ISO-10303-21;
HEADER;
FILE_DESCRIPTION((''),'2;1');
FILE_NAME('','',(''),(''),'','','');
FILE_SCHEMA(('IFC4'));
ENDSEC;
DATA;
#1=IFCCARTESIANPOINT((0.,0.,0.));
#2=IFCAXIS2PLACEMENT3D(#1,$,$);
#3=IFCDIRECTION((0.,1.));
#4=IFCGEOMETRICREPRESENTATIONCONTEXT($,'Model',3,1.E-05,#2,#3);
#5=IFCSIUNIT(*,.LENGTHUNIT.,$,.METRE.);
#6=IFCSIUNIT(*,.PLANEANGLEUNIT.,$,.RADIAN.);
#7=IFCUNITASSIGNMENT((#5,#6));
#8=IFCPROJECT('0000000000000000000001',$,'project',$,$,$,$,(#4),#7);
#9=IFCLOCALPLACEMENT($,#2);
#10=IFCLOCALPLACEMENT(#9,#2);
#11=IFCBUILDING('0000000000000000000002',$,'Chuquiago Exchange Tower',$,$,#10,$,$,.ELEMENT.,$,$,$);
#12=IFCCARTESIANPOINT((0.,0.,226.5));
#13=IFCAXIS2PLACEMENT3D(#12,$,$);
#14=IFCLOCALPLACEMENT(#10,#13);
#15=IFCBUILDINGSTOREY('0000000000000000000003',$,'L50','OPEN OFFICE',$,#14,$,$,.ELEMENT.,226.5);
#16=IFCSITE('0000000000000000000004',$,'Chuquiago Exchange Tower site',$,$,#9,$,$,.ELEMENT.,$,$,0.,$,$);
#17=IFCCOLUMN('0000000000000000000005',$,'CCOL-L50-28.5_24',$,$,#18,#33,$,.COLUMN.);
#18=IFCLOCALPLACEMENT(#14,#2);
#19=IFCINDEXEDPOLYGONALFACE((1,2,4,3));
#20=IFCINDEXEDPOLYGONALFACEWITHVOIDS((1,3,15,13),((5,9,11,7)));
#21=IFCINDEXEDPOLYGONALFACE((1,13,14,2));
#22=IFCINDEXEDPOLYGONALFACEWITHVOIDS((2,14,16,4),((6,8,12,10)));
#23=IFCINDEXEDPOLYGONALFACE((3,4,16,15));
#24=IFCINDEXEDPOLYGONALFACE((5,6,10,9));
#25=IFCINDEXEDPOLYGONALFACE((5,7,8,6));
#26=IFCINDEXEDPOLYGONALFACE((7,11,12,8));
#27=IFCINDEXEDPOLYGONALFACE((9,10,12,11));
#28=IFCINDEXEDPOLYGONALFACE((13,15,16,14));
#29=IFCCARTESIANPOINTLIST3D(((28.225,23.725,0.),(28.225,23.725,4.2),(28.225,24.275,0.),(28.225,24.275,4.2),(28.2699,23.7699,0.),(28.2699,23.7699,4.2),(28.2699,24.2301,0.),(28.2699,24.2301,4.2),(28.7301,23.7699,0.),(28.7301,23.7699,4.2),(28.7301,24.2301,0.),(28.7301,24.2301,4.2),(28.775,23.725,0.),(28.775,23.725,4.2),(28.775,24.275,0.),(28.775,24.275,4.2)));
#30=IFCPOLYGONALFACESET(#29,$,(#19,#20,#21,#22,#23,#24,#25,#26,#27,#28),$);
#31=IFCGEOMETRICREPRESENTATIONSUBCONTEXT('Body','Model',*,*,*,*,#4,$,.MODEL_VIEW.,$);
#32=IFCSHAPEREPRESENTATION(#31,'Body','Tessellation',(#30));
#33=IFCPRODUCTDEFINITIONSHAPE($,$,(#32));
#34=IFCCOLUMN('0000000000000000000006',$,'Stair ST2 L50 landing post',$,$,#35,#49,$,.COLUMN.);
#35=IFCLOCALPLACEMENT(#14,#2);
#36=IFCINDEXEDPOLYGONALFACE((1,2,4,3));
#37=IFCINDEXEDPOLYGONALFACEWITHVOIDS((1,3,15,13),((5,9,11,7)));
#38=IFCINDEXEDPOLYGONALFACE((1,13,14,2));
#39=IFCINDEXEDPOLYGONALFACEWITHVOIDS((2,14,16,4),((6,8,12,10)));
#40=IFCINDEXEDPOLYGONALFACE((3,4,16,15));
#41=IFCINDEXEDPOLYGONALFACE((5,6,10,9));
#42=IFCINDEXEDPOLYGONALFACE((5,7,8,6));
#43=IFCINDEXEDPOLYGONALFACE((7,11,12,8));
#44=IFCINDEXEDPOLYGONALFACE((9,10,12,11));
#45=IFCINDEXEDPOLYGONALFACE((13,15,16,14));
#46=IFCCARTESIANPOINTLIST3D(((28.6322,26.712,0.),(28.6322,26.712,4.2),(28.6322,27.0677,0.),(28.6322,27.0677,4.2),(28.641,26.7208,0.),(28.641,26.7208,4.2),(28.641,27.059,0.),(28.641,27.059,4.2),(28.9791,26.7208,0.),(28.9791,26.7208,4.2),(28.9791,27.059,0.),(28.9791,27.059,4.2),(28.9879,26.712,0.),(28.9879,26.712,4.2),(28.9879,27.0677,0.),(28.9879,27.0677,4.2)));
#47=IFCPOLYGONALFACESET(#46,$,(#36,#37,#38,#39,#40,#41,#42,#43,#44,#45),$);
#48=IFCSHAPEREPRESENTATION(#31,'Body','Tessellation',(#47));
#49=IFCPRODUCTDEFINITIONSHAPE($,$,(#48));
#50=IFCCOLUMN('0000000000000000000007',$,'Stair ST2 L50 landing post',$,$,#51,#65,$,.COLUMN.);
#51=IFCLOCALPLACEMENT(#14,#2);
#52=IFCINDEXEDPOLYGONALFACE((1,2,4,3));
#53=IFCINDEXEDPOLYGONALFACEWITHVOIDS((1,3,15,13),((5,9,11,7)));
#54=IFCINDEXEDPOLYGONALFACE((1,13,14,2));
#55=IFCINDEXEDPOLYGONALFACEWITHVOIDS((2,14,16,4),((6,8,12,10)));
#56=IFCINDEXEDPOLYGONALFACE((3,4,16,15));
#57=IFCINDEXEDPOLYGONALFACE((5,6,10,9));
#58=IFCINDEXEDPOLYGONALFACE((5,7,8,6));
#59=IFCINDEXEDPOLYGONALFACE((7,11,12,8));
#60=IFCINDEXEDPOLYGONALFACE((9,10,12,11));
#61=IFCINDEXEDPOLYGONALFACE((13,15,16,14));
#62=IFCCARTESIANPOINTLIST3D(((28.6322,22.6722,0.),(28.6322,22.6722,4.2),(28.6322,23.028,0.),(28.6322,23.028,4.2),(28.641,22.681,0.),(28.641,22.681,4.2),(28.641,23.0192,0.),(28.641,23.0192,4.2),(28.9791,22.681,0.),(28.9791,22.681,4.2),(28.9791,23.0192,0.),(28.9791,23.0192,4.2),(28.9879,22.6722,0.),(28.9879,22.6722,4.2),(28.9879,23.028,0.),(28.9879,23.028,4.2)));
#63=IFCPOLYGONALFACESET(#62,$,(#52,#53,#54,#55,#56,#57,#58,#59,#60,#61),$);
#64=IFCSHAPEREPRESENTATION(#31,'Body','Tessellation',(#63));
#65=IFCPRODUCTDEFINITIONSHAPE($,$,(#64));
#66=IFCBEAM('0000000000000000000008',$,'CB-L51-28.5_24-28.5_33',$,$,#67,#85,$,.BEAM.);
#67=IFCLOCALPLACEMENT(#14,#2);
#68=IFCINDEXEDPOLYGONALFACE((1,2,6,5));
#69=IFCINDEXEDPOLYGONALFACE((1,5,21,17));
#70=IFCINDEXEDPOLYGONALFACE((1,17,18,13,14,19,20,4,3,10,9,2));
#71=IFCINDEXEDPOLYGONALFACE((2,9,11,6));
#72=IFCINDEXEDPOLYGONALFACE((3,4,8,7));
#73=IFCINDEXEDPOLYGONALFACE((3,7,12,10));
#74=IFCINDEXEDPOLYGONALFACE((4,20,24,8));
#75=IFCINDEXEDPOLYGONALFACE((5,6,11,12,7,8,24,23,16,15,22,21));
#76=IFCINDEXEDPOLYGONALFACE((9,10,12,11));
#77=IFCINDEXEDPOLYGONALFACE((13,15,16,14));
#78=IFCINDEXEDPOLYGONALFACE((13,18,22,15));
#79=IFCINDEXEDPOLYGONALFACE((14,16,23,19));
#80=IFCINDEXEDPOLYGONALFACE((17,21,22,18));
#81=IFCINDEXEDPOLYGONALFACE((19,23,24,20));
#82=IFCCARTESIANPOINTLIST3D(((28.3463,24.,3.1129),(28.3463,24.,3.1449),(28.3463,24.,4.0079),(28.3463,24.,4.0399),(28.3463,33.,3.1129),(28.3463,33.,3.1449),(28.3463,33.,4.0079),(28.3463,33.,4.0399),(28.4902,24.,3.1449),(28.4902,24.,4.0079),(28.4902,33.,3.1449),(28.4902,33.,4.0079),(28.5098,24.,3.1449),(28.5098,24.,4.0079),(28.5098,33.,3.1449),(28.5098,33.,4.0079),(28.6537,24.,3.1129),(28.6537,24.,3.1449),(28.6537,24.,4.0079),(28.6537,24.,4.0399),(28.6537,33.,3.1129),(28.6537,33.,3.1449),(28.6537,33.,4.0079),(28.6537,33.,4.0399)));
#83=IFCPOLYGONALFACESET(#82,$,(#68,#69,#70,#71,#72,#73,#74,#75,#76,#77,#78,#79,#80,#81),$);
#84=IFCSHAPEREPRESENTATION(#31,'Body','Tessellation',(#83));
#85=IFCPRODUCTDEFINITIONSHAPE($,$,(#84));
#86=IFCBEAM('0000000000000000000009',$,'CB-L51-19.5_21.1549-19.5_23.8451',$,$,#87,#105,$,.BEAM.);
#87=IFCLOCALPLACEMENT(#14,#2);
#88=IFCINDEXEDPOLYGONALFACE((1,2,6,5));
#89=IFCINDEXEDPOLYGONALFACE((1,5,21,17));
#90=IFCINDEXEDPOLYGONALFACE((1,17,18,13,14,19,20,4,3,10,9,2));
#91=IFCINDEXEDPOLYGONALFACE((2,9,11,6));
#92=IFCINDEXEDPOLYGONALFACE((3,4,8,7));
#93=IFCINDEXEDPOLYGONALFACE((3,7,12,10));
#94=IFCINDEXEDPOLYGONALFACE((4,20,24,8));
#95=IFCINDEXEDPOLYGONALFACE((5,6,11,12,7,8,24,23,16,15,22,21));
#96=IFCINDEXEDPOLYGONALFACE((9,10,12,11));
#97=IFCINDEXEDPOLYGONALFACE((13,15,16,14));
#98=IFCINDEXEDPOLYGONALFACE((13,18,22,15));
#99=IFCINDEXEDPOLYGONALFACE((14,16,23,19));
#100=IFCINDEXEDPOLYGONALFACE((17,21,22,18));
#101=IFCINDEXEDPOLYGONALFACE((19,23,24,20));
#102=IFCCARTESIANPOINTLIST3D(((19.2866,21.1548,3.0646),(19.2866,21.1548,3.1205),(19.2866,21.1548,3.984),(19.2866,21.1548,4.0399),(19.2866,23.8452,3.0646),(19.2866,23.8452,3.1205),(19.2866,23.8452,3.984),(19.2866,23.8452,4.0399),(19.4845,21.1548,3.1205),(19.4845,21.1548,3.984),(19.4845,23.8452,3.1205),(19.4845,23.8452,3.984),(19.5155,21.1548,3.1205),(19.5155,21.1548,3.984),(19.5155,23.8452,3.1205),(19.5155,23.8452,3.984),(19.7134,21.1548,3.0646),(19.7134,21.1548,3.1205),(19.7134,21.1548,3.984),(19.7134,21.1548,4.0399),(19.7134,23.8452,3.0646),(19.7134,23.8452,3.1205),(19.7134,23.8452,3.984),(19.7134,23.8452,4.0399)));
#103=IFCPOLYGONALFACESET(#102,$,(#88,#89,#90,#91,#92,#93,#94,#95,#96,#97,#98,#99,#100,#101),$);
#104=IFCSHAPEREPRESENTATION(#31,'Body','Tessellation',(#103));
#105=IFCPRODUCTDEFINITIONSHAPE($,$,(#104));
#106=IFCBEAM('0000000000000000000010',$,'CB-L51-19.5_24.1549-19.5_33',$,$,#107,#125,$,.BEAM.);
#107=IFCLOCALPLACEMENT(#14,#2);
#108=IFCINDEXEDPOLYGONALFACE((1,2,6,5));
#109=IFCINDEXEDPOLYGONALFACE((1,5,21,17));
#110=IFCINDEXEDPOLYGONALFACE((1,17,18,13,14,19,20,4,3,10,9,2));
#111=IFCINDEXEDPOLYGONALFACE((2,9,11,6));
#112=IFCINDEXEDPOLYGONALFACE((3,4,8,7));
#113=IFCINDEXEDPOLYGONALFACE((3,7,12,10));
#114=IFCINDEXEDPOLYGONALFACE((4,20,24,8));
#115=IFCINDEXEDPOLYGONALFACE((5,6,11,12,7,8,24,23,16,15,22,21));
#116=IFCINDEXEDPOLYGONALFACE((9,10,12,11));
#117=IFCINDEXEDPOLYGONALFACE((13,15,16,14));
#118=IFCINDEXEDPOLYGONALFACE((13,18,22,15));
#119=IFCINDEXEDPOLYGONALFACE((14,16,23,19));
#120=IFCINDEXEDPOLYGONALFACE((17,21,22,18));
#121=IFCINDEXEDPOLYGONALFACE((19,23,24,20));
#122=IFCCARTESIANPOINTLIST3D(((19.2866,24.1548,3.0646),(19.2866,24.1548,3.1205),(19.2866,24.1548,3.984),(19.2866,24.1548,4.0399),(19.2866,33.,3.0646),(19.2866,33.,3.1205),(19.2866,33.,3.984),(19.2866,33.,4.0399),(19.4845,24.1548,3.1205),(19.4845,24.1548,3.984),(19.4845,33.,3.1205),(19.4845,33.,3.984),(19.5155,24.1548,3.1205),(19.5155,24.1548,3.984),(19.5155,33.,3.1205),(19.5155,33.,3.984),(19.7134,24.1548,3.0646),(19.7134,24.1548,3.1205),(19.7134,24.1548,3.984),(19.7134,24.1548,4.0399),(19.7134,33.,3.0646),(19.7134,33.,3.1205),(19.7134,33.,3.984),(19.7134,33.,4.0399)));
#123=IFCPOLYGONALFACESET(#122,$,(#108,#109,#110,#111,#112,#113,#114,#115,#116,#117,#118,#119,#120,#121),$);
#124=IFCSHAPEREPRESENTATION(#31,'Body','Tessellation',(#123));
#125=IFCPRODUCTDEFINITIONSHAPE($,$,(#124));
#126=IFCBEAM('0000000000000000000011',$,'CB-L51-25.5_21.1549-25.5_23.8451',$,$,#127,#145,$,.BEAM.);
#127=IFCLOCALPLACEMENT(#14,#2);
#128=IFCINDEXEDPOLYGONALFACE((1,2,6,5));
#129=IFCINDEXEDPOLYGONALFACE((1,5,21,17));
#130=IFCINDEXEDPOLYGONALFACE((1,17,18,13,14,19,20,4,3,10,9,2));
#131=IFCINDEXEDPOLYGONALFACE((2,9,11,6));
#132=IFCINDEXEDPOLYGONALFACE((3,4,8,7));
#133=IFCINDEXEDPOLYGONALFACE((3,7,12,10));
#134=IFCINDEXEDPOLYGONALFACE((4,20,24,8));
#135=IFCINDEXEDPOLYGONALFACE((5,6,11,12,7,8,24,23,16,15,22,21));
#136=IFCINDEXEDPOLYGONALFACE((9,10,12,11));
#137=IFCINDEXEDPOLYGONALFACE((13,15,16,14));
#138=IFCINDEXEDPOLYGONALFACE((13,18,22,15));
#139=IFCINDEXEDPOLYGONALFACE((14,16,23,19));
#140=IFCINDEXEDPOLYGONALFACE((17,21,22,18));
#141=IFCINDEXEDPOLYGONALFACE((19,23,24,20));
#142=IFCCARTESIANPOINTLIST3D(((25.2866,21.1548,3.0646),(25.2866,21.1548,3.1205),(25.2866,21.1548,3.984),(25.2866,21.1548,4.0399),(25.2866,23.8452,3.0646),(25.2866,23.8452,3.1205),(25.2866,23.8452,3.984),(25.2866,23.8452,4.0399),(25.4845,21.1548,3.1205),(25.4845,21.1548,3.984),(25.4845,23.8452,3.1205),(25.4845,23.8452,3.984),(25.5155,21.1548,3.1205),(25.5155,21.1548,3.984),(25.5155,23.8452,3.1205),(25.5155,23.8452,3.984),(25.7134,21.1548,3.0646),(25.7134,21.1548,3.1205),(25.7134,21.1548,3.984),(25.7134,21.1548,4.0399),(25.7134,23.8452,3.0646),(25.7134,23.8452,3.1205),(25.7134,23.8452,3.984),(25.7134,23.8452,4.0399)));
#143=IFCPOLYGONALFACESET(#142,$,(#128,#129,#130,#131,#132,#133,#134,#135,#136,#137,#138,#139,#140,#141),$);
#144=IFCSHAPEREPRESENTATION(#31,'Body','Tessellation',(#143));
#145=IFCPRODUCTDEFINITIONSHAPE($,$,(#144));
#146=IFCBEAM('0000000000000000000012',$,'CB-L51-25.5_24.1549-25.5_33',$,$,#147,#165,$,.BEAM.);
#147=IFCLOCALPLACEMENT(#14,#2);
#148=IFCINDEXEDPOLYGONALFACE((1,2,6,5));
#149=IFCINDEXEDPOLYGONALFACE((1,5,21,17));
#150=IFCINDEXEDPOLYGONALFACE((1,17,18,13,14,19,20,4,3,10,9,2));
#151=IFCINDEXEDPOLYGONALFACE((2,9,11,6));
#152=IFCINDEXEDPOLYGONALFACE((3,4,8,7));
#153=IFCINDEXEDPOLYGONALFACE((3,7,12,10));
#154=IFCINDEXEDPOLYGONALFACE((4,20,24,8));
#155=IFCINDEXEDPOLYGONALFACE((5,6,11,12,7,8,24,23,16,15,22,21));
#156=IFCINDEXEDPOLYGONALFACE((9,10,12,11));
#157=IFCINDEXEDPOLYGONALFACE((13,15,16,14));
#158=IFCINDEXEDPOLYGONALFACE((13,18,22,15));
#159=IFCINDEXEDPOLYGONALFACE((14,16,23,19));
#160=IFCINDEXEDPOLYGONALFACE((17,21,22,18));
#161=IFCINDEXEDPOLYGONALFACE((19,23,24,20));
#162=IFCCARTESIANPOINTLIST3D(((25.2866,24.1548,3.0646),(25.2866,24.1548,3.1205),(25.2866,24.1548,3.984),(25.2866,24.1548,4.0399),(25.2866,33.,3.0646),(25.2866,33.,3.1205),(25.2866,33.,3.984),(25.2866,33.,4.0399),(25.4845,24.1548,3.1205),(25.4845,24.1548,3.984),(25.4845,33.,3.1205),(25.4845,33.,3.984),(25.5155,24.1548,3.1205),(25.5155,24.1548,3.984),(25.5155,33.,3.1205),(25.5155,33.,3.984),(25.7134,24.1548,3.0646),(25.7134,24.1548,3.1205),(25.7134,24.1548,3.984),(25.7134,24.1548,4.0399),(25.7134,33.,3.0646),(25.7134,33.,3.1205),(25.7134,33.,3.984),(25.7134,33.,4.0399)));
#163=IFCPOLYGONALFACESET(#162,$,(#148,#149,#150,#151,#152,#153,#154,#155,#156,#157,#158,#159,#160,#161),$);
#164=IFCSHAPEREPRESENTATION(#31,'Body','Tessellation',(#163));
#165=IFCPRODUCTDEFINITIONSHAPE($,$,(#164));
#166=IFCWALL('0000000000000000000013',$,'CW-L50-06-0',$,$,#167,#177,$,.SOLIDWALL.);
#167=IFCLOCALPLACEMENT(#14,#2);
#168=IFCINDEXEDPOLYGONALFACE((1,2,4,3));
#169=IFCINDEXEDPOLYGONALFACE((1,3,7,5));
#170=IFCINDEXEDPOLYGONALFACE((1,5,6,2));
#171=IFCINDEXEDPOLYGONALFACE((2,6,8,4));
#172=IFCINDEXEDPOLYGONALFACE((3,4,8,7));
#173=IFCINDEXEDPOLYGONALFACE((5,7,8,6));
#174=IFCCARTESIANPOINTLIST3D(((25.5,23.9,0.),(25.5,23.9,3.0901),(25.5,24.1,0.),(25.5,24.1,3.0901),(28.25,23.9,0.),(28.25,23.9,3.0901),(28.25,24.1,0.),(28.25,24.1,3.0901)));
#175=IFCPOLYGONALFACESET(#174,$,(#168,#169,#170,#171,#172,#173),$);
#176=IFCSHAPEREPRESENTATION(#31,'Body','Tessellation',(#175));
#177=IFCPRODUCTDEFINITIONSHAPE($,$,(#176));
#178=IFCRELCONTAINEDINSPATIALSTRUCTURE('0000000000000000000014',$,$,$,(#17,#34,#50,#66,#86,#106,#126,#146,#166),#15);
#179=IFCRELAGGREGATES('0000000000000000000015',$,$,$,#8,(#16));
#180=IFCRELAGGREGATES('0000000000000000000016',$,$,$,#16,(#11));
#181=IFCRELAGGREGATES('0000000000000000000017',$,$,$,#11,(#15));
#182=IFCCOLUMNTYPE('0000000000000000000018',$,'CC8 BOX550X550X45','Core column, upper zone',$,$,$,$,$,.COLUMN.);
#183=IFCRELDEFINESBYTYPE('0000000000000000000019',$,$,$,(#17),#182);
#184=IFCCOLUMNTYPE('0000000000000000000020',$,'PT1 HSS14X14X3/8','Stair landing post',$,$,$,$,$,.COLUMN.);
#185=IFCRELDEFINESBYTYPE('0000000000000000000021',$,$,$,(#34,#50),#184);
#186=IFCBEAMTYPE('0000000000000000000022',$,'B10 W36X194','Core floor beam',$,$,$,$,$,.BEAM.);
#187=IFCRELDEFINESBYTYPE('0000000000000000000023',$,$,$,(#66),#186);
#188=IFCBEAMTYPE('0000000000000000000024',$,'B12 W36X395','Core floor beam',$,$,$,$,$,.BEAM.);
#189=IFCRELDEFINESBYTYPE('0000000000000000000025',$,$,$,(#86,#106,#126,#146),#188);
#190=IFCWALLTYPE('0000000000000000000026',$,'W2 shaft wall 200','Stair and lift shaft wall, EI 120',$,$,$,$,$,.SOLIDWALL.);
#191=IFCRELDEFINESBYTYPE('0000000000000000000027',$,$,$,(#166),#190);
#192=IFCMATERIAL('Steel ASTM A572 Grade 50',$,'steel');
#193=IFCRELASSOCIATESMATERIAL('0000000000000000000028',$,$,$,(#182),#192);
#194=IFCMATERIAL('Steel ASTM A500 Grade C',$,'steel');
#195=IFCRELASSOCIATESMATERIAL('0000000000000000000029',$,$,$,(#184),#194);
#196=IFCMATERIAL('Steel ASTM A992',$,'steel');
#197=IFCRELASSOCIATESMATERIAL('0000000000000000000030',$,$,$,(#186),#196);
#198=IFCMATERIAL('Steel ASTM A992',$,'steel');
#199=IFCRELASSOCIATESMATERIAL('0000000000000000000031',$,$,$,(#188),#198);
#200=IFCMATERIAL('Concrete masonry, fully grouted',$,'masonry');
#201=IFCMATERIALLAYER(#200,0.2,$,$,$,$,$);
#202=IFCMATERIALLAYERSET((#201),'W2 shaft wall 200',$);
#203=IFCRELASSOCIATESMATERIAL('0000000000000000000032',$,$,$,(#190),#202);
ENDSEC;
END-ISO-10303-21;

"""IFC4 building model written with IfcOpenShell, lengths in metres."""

from ifc_helpers import new_model, si_unit, direction, frame, frame_2d, origin, origin_2d, place, context, subcontext, project, spatial, rectangle, hollow_rectangle, i_section, extrude, material, layer, layer_set, material_profile, profile_set, type_object, element, save


model = new_model("IFC4")

# Units and contexts
model_context = context("Model", 3, precision=1e-05, world=origin(), true_north=direction((0.0, 1.0)))
body_context = subcontext(model_context, "Body", "Model", "MODEL_VIEW")
ifc_project = project(units=[si_unit("LENGTHUNIT", "METRE"), si_unit("PLANEANGLEUNIT", "RADIAN")], contexts=[model_context])

# Site, building, storey
site_placement = place(None, origin())
site = spatial("IfcSite", under=ifc_project, at=site_placement, Name="Chuquiago Exchange Tower site", CompositionType="ELEMENT", RefElevation=0.0)
building_placement = place(site_placement, origin())
building = spatial("IfcBuilding", under=site, at=building_placement, Name="Chuquiago Exchange Tower", CompositionType="ELEMENT")
storey_placement = place(building_placement, frame((0.0, 0.0, 226.5)))
storey = spatial("IfcBuildingStorey", under=building, at=storey_placement, Name="L50", Description="OPEN OFFICE", CompositionType="ELEMENT", Elevation=226.5)

# Columns
ifc_material_1 = material(Name="Steel ASTM A572 Grade 50", Category="steel")
ifc_material_profile_1 = material_profile(ifc_material_1, hollow_rectangle(XDim=0.55, YDim=0.55, WallThickness=0.0449, at=origin_2d()), Name="BOX550X550X45")
ifc_profile_set_1 = profile_set([ifc_material_profile_1], Name="Steel ASTM A572 Grade 50")
column_type_1 = type_object("IfcColumnType", Name="CC8 BOX550X550X45", Description="Core column, upper zone", PredefinedType="COLUMN", material=ifc_profile_set_1)
column_placement = place(storey_placement, frame((28.5, 24.0, 0.0), z_axis=(0.0, 0.0, 1.0), x_axis=(1.0, 0.0, 0.0)))
element("IfcColumn", 1, at=column_placement, inside=storey, type_object=column_type_1, Name="CCOL-L50-28.5_24", PredefinedType="COLUMN", context=body_context, shape_type="SweptSolid", body=[
    extrude(hollow_rectangle(XDim=0.55, YDim=0.55, WallThickness=0.0449, at=origin_2d()), origin(), (0.0, 0.0, 1.0), 4.2),
])
ifc_material_2 = material(Name="Steel ASTM A500 Grade C", Category="steel")
ifc_material_profile_2 = material_profile(ifc_material_2, hollow_rectangle(XDim=0.3557, YDim=0.3557, WallThickness=0.0088, at=origin_2d()), Name="HSS14X14X3/8")
ifc_profile_set_2 = profile_set([ifc_material_profile_2], Name="Steel ASTM A500 Grade C")
column_type_2 = type_object("IfcColumnType", Name="PT1 HSS14X14X3/8", Description="Stair landing post", PredefinedType="COLUMN", material=ifc_profile_set_2)
for number, where, z_axis, x_axis, name in (
    (2, (28.8101, 26.8899, 0.0), (0.0, 0.0, 1.0), (1.0, 0.0, 0.0), "Stair ST2 L50 landing post"),
    (3, (28.8101, 22.8501, 0.0), (0.0, 0.0, 1.0), (1.0, 0.0, 0.0), "Stair ST2 L50 landing post"),
):
    element("IfcColumn", number, at=place(storey_placement, frame(where, z_axis=z_axis, x_axis=x_axis)), inside=storey, type_object=column_type_2, Name=name, PredefinedType="COLUMN", context=body_context, shape_type="SweptSolid", body=[
        extrude(hollow_rectangle(XDim=0.3557, YDim=0.3557, WallThickness=0.0088, at=origin_2d()), origin(), (0.0, 0.0, 1.0), 4.2),
    ])

# Beams
ifc_material_3 = material(Name="Steel ASTM A992", Category="steel")
ifc_material_profile_3 = material_profile(ifc_material_3, i_section(OverallWidth=0.3074, OverallDepth=0.927, WebThickness=0.0195, FlangeThickness=0.032, at=origin_2d()), Name="W36X194")
ifc_profile_set_3 = profile_set([ifc_material_profile_3], Name="Steel ASTM A992")
beam_type_1 = type_object("IfcBeamType", Name="B10 W36X194", Description="Core floor beam", PredefinedType="BEAM", material=ifc_profile_set_3)
beam_1_placement = place(storey_placement, frame((28.5, 24.0, 3.5764), z_axis=(0.0, 1.0, 0.0), x_axis=(-1.0, 0.0, 0.0)))
element("IfcBeam", 4, at=beam_1_placement, inside=storey, type_object=beam_type_1, Name="CB-L51-28.5_24-28.5_33", PredefinedType="BEAM", context=body_context, shape_type="SweptSolid", body=[
    extrude(i_section(OverallWidth=0.3074, OverallDepth=0.927, WebThickness=0.0195, FlangeThickness=0.032, at=origin_2d()), origin(), (0.0, 0.0, 1.0), 9.0),
])
ifc_material_4 = material(Name="Steel ASTM A992", Category="steel")
ifc_material_profile_4 = material_profile(ifc_material_4, i_section(OverallWidth=0.4268, OverallDepth=0.9753, WebThickness=0.031, FlangeThickness=0.0559, at=origin_2d()), Name="W36X395")
ifc_profile_set_4 = profile_set([ifc_material_profile_4], Name="Steel ASTM A992")
beam_type_2 = type_object("IfcBeamType", Name="B12 W36X395", Description="Core floor beam", PredefinedType="BEAM", material=ifc_profile_set_4)
beam_2_placement = place(storey_placement, frame((19.5, 21.1548, 3.5522), z_axis=(0.0, 1.0, 0.0), x_axis=(-1.0, 0.0, 0.0)))
element("IfcBeam", 5, at=beam_2_placement, inside=storey, type_object=beam_type_2, Name="CB-L51-19.5_21.1549-19.5_23.8451", PredefinedType="BEAM", context=body_context, shape_type="SweptSolid", body=[
    extrude(i_section(OverallWidth=0.4268, OverallDepth=0.9753, WebThickness=0.031, FlangeThickness=0.0559, at=origin_2d()), origin(), (0.0, 0.0, 1.0), 2.6904),
])
beam_3_placement = place(storey_placement, frame((19.5, 24.1548, 3.5522), z_axis=(0.0, 1.0, 0.0), x_axis=(-1.0, 0.0, 0.0)))
element("IfcBeam", 6, at=beam_3_placement, inside=storey, type_object=beam_type_2, Name="CB-L51-19.5_24.1549-19.5_33", PredefinedType="BEAM", context=body_context, shape_type="SweptSolid", body=[
    extrude(i_section(OverallWidth=0.4268, OverallDepth=0.9753, WebThickness=0.031, FlangeThickness=0.0559, at=origin_2d()), origin(), (0.0, 0.0, 1.0), 8.8452),
])
beam_4_placement = place(storey_placement, frame((25.5, 21.1548, 3.5522), z_axis=(0.0, 1.0, 0.0), x_axis=(-1.0, 0.0, 0.0)))
element("IfcBeam", 7, at=beam_4_placement, inside=storey, type_object=beam_type_2, Name="CB-L51-25.5_21.1549-25.5_23.8451", PredefinedType="BEAM", context=body_context, shape_type="SweptSolid", body=[
    extrude(i_section(OverallWidth=0.4268, OverallDepth=0.9753, WebThickness=0.031, FlangeThickness=0.0559, at=origin_2d()), origin(), (0.0, 0.0, 1.0), 2.6904),
])
beam_5_placement = place(storey_placement, frame((25.5, 24.1548, 3.5522), z_axis=(0.0, 1.0, 0.0), x_axis=(-1.0, 0.0, 0.0)))
element("IfcBeam", 8, at=beam_5_placement, inside=storey, type_object=beam_type_2, Name="CB-L51-25.5_24.1549-25.5_33", PredefinedType="BEAM", context=body_context, shape_type="SweptSolid", body=[
    extrude(i_section(OverallWidth=0.4268, OverallDepth=0.9753, WebThickness=0.031, FlangeThickness=0.0559, at=origin_2d()), origin(), (0.0, 0.0, 1.0), 8.8452),
])

# Wall
ifc_material_5 = material(Name="Concrete masonry, fully grouted", Category="masonry")
ifc_layer = layer(ifc_material_5, 0.2)
ifc_layer_set = layer_set([ifc_layer], Name="W2 shaft wall 200")
wall_type = type_object("IfcWallType", Name="W2 shaft wall 200", Description="Stair and lift shaft wall, EI 120", PredefinedType="SOLIDWALL", material=ifc_layer_set)
wall_1_placement = place(storey_placement, frame((25.5, 24.0, 0.0), z_axis=(0.0, 0.0, 1.0), x_axis=(1.0, 0.0, 0.0)))
element("IfcWall", 9, at=wall_1_placement, inside=storey, type_object=wall_type, Name="CW-L50-06-0", PredefinedType="SOLIDWALL", context=body_context, shape_type="SweptSolid", body=[
    extrude(rectangle(XDim=2.75, YDim=0.2, at=frame_2d((1.375, 0.0))), origin(), (0.0, 0.0, 1.0), 3.0901),
])

save(model, "model.ifc")
